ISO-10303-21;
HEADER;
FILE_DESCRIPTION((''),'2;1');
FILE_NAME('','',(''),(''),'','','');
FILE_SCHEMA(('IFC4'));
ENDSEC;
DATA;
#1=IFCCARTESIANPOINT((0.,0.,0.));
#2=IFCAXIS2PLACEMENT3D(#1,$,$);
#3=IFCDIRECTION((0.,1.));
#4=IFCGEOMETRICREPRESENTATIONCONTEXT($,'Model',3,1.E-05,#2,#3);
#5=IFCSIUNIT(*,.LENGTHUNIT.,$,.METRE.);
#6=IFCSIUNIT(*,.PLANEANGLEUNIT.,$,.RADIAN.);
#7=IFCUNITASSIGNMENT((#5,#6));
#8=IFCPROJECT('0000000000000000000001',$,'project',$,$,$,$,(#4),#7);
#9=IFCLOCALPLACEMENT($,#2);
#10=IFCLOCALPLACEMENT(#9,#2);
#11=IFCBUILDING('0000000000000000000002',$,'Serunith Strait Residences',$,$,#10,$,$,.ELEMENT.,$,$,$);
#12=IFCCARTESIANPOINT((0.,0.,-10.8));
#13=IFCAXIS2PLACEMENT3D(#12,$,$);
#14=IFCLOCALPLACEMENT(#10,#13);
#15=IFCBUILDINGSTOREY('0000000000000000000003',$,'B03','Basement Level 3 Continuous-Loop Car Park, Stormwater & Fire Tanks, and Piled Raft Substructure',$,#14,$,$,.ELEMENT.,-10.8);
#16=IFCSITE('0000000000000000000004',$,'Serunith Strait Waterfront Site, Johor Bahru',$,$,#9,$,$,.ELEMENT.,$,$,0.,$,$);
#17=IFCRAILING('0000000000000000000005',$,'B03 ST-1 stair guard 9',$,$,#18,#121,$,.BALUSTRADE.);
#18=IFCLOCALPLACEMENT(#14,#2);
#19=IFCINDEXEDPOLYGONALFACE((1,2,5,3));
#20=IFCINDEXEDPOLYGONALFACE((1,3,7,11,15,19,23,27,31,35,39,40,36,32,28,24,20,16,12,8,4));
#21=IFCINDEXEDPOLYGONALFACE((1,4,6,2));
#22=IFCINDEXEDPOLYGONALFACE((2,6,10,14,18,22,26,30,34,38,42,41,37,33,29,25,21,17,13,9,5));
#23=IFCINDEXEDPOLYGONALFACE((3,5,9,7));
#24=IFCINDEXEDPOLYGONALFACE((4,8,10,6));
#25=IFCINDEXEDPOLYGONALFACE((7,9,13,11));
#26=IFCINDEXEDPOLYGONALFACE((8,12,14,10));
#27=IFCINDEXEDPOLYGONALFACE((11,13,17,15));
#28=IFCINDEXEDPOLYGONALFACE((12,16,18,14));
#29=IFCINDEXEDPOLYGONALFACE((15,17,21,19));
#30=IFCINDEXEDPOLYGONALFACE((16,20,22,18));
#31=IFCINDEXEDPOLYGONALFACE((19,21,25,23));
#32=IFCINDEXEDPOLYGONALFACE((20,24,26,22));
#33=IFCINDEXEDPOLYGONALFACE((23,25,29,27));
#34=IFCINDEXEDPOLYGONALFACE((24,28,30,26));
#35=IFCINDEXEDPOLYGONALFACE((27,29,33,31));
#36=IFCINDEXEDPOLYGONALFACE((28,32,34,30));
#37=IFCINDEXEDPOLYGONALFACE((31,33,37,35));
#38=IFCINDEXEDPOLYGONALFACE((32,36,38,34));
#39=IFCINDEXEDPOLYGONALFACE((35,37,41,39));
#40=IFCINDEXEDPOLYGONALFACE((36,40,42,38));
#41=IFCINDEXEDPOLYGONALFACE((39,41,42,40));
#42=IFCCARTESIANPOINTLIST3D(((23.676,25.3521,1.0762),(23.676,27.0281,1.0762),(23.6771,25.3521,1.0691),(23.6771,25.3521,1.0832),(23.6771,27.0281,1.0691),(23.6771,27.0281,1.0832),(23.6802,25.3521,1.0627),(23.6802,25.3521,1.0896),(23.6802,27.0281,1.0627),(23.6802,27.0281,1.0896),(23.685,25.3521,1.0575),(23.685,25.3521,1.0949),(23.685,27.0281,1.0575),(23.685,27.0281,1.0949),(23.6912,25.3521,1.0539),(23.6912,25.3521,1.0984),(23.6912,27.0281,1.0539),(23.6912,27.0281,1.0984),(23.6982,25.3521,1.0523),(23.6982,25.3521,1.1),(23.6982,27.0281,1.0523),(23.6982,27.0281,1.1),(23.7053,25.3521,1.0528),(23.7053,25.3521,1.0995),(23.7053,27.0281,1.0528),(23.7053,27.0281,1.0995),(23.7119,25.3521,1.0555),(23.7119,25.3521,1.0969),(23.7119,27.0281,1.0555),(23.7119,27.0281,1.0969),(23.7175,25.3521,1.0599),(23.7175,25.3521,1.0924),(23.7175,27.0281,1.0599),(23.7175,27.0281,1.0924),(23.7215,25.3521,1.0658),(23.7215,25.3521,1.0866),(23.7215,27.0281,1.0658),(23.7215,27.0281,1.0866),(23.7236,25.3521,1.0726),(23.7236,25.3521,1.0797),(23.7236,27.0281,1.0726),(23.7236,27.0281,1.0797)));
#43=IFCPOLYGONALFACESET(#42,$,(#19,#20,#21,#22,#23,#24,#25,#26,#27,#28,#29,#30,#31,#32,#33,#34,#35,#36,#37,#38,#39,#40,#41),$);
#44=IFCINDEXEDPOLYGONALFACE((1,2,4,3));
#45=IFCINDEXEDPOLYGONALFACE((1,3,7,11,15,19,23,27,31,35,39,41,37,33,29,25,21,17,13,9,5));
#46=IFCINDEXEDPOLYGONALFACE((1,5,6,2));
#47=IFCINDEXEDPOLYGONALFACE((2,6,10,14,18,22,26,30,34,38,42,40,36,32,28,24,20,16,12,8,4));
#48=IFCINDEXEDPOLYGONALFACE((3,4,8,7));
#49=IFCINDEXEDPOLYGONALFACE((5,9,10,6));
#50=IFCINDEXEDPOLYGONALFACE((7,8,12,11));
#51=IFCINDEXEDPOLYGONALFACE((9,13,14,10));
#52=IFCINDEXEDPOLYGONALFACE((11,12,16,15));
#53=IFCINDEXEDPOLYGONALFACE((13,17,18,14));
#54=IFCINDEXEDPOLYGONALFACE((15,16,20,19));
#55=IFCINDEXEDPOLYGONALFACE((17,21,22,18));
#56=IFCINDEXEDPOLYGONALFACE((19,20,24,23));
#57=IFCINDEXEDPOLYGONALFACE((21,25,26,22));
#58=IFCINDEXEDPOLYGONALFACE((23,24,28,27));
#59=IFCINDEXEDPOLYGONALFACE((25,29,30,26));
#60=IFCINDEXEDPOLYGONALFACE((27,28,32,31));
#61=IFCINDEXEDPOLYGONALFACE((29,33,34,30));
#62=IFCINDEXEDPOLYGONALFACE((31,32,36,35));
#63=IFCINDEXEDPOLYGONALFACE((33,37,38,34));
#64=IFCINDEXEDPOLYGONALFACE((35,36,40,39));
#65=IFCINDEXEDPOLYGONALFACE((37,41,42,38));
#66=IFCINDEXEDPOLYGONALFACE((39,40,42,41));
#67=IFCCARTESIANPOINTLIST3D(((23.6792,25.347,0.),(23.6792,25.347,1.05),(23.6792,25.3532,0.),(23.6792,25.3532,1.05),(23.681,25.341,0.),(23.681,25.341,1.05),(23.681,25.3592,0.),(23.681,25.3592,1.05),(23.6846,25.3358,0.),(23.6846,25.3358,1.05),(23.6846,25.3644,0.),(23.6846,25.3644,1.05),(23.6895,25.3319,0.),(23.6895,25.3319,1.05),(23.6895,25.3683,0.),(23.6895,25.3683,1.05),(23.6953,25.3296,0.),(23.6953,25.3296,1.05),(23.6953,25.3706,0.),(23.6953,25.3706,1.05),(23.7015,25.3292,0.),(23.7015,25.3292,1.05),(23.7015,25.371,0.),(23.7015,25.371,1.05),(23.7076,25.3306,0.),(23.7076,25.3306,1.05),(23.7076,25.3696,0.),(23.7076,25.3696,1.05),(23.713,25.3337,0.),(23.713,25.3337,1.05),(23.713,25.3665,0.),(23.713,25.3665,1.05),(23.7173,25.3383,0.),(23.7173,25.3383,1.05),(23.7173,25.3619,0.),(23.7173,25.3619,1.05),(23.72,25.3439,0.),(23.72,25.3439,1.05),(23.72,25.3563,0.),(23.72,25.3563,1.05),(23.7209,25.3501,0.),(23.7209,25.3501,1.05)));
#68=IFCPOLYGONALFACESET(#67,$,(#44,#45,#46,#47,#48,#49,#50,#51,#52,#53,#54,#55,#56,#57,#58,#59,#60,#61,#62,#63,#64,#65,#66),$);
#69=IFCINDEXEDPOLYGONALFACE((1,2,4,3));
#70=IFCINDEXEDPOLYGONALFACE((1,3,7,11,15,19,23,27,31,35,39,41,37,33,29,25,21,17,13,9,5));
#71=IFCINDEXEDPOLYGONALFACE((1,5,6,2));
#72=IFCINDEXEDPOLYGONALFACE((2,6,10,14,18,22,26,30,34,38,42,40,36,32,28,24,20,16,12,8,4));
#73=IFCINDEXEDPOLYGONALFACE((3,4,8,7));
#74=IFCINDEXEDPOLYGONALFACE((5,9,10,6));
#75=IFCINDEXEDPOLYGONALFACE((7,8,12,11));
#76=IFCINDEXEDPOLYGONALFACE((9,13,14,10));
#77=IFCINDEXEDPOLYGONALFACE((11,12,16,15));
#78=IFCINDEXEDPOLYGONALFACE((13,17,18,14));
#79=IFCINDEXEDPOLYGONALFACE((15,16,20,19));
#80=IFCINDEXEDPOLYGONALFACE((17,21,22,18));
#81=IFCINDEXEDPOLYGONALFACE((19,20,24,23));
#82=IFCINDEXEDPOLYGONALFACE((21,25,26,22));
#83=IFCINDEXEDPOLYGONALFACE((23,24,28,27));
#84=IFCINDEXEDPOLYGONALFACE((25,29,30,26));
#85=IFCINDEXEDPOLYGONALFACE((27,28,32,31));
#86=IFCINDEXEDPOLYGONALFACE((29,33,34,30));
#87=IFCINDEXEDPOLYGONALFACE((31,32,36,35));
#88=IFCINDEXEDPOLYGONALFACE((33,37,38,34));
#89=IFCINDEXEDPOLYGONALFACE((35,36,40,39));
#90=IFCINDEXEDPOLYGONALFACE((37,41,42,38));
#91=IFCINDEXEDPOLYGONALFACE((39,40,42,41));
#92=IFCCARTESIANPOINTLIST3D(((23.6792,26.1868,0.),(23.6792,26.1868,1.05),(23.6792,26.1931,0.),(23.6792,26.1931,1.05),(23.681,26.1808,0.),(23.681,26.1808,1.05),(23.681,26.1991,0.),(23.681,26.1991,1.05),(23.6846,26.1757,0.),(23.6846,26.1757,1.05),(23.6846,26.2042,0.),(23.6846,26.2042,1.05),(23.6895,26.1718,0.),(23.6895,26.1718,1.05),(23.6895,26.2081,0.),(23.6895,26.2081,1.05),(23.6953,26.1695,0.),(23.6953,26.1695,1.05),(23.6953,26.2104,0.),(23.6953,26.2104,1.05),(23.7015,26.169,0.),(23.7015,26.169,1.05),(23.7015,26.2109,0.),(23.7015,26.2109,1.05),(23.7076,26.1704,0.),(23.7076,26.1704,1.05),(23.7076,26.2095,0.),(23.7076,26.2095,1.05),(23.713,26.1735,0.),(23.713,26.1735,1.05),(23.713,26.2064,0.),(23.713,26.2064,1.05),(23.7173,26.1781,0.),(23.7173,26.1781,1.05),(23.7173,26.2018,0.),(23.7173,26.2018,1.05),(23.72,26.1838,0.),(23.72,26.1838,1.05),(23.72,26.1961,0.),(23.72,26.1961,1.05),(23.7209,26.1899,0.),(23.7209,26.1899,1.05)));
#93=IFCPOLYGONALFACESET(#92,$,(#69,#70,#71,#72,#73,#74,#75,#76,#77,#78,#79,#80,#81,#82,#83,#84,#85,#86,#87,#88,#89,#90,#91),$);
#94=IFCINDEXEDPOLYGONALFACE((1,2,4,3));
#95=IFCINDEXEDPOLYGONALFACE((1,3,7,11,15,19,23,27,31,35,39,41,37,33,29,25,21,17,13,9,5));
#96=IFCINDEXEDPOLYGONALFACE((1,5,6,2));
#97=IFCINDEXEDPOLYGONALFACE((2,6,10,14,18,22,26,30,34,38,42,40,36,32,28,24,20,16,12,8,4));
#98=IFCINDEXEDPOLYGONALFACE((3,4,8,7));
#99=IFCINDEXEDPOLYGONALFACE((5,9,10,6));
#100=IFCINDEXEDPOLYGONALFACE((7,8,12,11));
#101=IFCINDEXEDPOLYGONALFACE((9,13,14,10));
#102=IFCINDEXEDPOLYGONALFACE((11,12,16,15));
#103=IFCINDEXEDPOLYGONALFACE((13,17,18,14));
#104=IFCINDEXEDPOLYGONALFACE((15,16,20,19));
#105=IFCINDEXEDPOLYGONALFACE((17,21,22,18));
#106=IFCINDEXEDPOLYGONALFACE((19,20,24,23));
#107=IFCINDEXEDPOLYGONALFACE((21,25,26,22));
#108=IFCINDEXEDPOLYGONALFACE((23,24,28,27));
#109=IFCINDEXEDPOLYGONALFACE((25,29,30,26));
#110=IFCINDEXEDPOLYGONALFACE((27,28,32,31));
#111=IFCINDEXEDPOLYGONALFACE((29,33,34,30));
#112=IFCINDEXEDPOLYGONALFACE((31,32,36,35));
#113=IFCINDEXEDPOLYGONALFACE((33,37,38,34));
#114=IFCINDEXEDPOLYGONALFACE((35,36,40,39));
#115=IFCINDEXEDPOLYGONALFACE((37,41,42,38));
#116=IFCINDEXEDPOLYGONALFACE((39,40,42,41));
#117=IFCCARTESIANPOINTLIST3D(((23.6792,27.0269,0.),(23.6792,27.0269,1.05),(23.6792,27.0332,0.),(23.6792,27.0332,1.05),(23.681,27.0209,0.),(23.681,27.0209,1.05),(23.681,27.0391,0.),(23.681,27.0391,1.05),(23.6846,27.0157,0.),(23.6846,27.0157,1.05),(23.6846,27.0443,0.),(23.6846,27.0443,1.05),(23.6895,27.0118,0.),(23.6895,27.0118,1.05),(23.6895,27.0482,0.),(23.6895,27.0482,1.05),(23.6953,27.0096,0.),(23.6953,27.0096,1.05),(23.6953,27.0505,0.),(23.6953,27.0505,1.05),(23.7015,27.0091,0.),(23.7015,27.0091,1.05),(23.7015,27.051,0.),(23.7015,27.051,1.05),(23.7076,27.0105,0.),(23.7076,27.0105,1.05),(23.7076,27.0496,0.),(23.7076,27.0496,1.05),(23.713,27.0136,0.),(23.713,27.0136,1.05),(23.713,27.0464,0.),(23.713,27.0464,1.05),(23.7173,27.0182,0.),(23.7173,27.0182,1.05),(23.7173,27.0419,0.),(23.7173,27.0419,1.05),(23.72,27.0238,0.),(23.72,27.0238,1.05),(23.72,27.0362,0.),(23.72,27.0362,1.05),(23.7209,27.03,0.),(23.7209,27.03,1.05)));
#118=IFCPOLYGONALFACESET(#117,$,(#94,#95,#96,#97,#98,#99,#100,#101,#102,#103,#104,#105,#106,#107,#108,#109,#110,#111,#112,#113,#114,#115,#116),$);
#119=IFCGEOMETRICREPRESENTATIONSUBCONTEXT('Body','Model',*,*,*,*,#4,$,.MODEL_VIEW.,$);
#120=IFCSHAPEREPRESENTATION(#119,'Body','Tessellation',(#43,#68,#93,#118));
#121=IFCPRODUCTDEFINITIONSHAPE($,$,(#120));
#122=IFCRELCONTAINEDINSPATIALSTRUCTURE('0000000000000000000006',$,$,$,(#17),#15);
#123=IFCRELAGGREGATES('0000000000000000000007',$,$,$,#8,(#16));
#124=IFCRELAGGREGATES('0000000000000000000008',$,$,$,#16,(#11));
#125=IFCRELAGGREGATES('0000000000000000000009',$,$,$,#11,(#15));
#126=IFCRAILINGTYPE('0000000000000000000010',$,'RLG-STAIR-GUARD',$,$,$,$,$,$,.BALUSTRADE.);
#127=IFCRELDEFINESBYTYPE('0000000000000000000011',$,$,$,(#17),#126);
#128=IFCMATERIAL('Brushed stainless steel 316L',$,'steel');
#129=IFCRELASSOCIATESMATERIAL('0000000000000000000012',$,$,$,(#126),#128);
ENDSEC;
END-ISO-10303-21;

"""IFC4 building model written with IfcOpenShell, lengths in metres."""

from ifc_helpers import new_model, si_unit, direction, frame, origin, origin_2d, place, context, subcontext, project, spatial, circle, extrude, material, type_object, element, save


model = new_model("IFC4")

# Units and contexts
model_context = context("Model", 3, precision=1e-05, world=origin(), true_north=direction((0.0, 1.0)))
body_context = subcontext(model_context, "Body", "Model", "MODEL_VIEW")
ifc_project = project(units=[si_unit("LENGTHUNIT", "METRE"), si_unit("PLANEANGLEUNIT", "RADIAN")], contexts=[model_context])

# Site, building, storey
site_placement = place(None, origin())
site = spatial("IfcSite", under=ifc_project, at=site_placement, Name="Serunith Strait Waterfront Site, Johor Bahru", CompositionType="ELEMENT", RefElevation=0.0)
building_placement = place(site_placement, origin())
building = spatial("IfcBuilding", under=site, at=building_placement, Name="Serunith Strait Residences", CompositionType="ELEMENT")
storey_placement = place(building_placement, frame((0.0, 0.0, -10.8)))
storey = spatial("IfcBuildingStorey", under=building, at=storey_placement, Name="B03", Description="Basement Level 3 Continuous-Loop Car Park, Stormwater & Fire Tanks, and Piled Raft Substructure", CompositionType="ELEMENT", Elevation=-10.8)

# Railing
ifc_material_1 = material(Name="Brushed stainless steel 316L", Category="steel")
railing_type_1 = type_object("IfcRailingType", Name="RLG-STAIR-GUARD", PredefinedType="BALUSTRADE", material=ifc_material_1)
for number, where, name in (
    (1, (23.7, 25.3501, 0.0), "B03 ST-1 stair guard 9"),
):
    element("IfcRailing", number, at=place(storey_placement, frame(where)), inside=storey, type_object=railing_type_1, Name=name, PredefinedType="BALUSTRADE", context=body_context, shape_type="SweptSolid", body=[
        extrude(circle(Radius=0.0239, at=origin_2d()), frame((0.0, 0.002, 1.0762), z_axis=(0.0, 1.0, 0.0), x_axis=(-1.0, 0.0, 0.0)), (0.0, 0.0, 1.0), 1.676),
        extrude(circle(Radius=0.021, at=origin_2d()), origin(), (0.0, 0.0, 1.0), 1.05),
        extrude(circle(Radius=0.021, at=origin_2d()), frame((0.0, 0.8398, 0.0)), (0.0, 0.0, 1.0), 1.05),
        extrude(circle(Radius=0.021, at=origin_2d()), frame((0.0, 1.6799, 0.0)), (0.0, 0.0, 1.0), 1.05),
    ])

save(model, "model.ifc")
